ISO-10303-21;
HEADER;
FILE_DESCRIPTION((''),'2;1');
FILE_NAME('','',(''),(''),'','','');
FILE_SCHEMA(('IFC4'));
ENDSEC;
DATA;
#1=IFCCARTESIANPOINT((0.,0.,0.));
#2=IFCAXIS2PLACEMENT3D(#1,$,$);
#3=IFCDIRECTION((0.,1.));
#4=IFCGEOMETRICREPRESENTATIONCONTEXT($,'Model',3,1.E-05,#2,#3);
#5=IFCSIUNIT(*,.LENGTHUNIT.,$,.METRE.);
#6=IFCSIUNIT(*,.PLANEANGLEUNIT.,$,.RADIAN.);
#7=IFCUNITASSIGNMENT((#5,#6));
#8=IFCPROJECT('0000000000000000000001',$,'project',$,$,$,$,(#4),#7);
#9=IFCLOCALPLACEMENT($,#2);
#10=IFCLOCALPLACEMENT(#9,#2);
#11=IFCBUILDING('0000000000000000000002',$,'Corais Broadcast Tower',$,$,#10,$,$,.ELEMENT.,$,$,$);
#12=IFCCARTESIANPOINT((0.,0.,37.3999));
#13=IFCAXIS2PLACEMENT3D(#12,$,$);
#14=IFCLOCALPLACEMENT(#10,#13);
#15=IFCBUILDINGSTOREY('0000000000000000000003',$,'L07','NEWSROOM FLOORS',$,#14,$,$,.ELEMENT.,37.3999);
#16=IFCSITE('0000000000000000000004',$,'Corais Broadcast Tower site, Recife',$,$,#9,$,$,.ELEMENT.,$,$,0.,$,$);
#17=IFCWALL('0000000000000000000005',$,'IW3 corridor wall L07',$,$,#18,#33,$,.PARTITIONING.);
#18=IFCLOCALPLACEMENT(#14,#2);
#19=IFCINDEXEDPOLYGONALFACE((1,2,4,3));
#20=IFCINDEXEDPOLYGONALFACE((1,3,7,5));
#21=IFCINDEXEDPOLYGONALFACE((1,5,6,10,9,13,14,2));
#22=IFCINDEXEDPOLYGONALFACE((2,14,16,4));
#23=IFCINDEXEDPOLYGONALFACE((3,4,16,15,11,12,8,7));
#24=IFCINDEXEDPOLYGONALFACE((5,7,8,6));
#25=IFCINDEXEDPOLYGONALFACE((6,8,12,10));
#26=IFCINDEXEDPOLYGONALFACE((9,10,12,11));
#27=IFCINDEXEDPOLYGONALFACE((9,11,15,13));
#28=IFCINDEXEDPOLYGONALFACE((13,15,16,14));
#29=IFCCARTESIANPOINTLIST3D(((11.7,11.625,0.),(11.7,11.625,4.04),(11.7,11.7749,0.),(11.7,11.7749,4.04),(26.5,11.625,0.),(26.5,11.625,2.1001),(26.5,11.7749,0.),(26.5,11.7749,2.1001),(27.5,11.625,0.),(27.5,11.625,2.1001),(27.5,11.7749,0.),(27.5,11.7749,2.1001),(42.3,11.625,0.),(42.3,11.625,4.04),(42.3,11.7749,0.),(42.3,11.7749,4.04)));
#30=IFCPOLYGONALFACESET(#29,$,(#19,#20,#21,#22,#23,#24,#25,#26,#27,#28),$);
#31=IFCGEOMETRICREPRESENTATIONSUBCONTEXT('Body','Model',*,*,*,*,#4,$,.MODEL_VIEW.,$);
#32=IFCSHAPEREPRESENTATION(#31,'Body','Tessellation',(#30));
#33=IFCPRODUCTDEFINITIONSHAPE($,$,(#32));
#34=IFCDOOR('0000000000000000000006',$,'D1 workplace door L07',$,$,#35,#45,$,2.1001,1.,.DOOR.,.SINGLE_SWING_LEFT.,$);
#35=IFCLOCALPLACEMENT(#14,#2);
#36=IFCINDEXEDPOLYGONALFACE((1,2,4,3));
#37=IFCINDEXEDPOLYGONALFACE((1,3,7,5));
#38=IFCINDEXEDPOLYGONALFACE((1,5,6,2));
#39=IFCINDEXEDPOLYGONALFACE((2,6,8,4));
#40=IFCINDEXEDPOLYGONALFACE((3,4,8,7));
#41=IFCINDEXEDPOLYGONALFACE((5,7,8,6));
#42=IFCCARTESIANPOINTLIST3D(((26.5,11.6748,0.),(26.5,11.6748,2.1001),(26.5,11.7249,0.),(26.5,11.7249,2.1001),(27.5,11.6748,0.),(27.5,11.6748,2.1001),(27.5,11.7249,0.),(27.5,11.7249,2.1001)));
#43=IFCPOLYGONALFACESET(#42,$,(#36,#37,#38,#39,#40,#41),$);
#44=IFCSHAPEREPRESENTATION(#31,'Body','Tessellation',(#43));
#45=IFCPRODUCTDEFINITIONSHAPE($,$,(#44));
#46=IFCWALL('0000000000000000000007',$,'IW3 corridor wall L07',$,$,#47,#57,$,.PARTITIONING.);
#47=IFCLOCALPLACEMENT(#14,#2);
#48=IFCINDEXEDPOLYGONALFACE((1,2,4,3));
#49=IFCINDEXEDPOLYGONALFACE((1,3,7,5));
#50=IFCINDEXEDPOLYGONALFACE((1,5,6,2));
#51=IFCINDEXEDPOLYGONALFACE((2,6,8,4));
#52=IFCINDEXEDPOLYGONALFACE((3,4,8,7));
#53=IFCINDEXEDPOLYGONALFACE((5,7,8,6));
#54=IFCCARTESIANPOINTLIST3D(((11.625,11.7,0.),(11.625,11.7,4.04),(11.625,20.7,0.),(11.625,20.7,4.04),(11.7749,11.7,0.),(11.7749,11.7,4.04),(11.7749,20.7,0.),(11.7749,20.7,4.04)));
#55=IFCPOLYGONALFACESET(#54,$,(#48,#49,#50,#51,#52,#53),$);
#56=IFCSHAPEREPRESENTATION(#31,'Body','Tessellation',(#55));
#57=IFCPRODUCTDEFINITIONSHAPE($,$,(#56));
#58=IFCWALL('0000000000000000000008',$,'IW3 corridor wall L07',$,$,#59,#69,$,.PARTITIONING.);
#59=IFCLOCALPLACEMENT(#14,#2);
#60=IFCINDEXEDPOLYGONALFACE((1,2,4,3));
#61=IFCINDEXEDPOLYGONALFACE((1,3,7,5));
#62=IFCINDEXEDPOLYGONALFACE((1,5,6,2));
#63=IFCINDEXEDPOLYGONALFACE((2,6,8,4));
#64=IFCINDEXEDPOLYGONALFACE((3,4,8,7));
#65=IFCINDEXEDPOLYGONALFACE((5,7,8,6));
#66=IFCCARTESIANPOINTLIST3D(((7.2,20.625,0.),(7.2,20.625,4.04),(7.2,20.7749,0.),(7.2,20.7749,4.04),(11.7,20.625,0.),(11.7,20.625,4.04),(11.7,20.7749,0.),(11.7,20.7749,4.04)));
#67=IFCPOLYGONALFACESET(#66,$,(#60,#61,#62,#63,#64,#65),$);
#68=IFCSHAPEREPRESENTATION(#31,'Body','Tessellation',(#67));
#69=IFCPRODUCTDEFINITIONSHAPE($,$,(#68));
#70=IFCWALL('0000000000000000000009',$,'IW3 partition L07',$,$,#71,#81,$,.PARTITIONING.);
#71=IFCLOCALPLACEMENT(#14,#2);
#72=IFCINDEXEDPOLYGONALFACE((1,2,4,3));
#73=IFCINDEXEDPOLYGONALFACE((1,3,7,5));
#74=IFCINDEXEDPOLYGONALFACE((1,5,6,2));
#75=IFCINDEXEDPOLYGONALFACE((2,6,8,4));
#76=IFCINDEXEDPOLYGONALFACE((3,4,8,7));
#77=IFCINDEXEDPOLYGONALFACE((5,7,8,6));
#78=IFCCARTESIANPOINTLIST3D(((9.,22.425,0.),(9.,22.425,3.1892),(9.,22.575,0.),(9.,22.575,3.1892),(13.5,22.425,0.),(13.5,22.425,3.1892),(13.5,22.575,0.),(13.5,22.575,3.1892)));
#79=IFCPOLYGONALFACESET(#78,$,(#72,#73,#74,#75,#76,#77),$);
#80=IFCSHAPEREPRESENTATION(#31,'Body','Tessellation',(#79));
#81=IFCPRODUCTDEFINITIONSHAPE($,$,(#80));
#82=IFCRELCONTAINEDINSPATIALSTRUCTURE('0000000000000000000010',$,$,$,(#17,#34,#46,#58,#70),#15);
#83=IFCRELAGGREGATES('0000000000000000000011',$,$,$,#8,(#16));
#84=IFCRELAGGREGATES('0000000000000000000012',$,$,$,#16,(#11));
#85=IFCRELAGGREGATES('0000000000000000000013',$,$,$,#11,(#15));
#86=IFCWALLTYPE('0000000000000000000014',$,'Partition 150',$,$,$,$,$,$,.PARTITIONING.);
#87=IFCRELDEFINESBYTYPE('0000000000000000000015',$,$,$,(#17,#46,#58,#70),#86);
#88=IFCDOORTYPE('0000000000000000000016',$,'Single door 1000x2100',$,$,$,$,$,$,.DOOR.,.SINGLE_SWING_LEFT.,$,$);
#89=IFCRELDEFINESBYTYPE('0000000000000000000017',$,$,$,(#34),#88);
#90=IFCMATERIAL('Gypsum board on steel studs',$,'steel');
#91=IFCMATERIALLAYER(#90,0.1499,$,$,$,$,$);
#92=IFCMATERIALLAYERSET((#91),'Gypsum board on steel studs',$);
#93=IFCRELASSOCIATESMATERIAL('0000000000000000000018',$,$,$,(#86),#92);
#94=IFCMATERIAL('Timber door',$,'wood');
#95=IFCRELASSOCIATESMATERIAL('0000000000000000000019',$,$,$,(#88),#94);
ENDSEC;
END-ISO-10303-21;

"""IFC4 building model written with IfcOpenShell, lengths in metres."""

from ifc_helpers import new_model, si_unit, direction, frame, frame_2d, origin, place, context, subcontext, project, spatial, rectangle, extrude, material, layer, layer_set, type_object, element, fill, save


model = new_model("IFC4")

# Units and contexts
model_context = context("Model", 3, precision=1e-05, world=origin(), true_north=direction((0.0, 1.0)))
body_context = subcontext(model_context, "Body", "Model", "MODEL_VIEW")
ifc_project = project(units=[si_unit("LENGTHUNIT", "METRE"), si_unit("PLANEANGLEUNIT", "RADIAN")], contexts=[model_context])

# Site, building, storey
site_placement = place(None, origin())
site = spatial("IfcSite", under=ifc_project, at=site_placement, Name="Corais Broadcast Tower site, Recife", CompositionType="ELEMENT", RefElevation=0.0)
building_placement = place(site_placement, origin())
building = spatial("IfcBuilding", under=site, at=building_placement, Name="Corais Broadcast Tower", CompositionType="ELEMENT")
storey_placement = place(building_placement, frame((0.0, 0.0, 37.3999)))
storey = spatial("IfcBuildingStorey", under=building, at=storey_placement, Name="L07", Description="NEWSROOM FLOORS", CompositionType="ELEMENT", Elevation=37.3999)

# Wall, opening, door
ifc_material_1 = material(Name="Gypsum board on steel studs", Category="steel")
ifc_layer_1 = layer(ifc_material_1, 0.1499)
ifc_layer_set_1 = layer_set([ifc_layer_1], Name="Gypsum board on steel studs")
wall_type = type_object("IfcWallType", Name="Partition 150", PredefinedType="PARTITIONING", material=ifc_layer_set_1)
wall_1_placement = place(storey_placement, frame((11.7, 11.7, 0.0), z_axis=(0.0, 0.0, 1.0), x_axis=(1.0, 0.0, 0.0)))
wall_1 = element("IfcWall", 1, at=wall_1_placement, inside=storey, type_object=wall_type, Name="IW3 corridor wall L07", PredefinedType="PARTITIONING", context=body_context, shape_type="SweptSolid", body=[
    extrude(rectangle(XDim=30.6001, YDim=0.1499, at=frame_2d((15.3, 0.0))), origin(), (0.0, 0.0, 1.0), 4.04),
])
opening_placement = place(wall_1_placement, frame((14.8, 0.0, 0.0)))
opening = element("IfcOpeningElement", 2, at=opening_placement, cuts=wall_1, PredefinedType="OPENING", context=body_context, shape_type="SweptSolid", body=[
    extrude(rectangle(XDim=1.0, YDim=2.1001, at=frame_2d((0.5, 1.05))), frame((0.0, 0.085, 0.0), z_axis=(0.0, -1.0, 0.0), x_axis=(1.0, 0.0, 0.0)), (0.0, 0.0, 1.0), 0.1699),
])
ifc_material_2 = material(Name="Timber door", Category="wood")
door_type = type_object("IfcDoorType", Name="Single door 1000x2100", OperationType="SINGLE_SWING_LEFT", PredefinedType="DOOR", material=ifc_material_2)
door_placement = place(opening_placement, origin())
door = element("IfcDoor", 3, at=door_placement, inside=storey, type_object=door_type, Name="D1 workplace door L07", OperationType="SINGLE_SWING_LEFT", OverallHeight=2.1001, OverallWidth=1.0, PredefinedType="DOOR", context=body_context, shape_type="SweptSolid", body=[
    extrude(rectangle(XDim=1.0, YDim=2.1001, at=frame_2d((0.5, 1.05))), frame((0.0, 0.0249, 0.0), z_axis=(0.0, -1.0, 0.0), x_axis=(1.0, 0.0, 0.0)), (0.0, 0.0, 1.0), 0.05),
])
fill(opening, door)

# Walls
wall_2_placement = place(storey_placement, frame((11.7, 20.7, 0.0), z_axis=(0.0, 0.0, 1.0), x_axis=(0.0, -1.0, 0.0)))
element("IfcWall", 4, at=wall_2_placement, inside=storey, type_object=wall_type, Name="IW3 corridor wall L07", PredefinedType="PARTITIONING", context=body_context, shape_type="SweptSolid", body=[
    extrude(rectangle(XDim=9.0, YDim=0.1499, at=frame_2d((4.5, 0.0))), origin(), (0.0, 0.0, 1.0), 4.04),
])
wall_3_placement = place(storey_placement, frame((7.2, 20.7, 0.0), z_axis=(0.0, 0.0, 1.0), x_axis=(1.0, 0.0, 0.0)))
element("IfcWall", 5, at=wall_3_placement, inside=storey, type_object=wall_type, Name="IW3 corridor wall L07", PredefinedType="PARTITIONING", context=body_context, shape_type="SweptSolid", body=[
    extrude(rectangle(XDim=4.5, YDim=0.1499, at=frame_2d((2.25, 0.0))), origin(), (0.0, 0.0, 1.0), 4.04),
])
wall_4_placement = place(storey_placement, frame((9.0, 22.5, 0.0), z_axis=(0.0, 0.0, 1.0), x_axis=(1.0, 0.0, 0.0)))
element("IfcWall", 6, at=wall_4_placement, inside=storey, type_object=wall_type, Name="IW3 partition L07", PredefinedType="PARTITIONING", context=body_context, shape_type="SweptSolid", body=[
    extrude(rectangle(XDim=4.5, YDim=0.1499, at=frame_2d((2.25, 0.0))), origin(), (0.0, 0.0, 1.0), 3.1892),
])

save(model, "model.ifc")
